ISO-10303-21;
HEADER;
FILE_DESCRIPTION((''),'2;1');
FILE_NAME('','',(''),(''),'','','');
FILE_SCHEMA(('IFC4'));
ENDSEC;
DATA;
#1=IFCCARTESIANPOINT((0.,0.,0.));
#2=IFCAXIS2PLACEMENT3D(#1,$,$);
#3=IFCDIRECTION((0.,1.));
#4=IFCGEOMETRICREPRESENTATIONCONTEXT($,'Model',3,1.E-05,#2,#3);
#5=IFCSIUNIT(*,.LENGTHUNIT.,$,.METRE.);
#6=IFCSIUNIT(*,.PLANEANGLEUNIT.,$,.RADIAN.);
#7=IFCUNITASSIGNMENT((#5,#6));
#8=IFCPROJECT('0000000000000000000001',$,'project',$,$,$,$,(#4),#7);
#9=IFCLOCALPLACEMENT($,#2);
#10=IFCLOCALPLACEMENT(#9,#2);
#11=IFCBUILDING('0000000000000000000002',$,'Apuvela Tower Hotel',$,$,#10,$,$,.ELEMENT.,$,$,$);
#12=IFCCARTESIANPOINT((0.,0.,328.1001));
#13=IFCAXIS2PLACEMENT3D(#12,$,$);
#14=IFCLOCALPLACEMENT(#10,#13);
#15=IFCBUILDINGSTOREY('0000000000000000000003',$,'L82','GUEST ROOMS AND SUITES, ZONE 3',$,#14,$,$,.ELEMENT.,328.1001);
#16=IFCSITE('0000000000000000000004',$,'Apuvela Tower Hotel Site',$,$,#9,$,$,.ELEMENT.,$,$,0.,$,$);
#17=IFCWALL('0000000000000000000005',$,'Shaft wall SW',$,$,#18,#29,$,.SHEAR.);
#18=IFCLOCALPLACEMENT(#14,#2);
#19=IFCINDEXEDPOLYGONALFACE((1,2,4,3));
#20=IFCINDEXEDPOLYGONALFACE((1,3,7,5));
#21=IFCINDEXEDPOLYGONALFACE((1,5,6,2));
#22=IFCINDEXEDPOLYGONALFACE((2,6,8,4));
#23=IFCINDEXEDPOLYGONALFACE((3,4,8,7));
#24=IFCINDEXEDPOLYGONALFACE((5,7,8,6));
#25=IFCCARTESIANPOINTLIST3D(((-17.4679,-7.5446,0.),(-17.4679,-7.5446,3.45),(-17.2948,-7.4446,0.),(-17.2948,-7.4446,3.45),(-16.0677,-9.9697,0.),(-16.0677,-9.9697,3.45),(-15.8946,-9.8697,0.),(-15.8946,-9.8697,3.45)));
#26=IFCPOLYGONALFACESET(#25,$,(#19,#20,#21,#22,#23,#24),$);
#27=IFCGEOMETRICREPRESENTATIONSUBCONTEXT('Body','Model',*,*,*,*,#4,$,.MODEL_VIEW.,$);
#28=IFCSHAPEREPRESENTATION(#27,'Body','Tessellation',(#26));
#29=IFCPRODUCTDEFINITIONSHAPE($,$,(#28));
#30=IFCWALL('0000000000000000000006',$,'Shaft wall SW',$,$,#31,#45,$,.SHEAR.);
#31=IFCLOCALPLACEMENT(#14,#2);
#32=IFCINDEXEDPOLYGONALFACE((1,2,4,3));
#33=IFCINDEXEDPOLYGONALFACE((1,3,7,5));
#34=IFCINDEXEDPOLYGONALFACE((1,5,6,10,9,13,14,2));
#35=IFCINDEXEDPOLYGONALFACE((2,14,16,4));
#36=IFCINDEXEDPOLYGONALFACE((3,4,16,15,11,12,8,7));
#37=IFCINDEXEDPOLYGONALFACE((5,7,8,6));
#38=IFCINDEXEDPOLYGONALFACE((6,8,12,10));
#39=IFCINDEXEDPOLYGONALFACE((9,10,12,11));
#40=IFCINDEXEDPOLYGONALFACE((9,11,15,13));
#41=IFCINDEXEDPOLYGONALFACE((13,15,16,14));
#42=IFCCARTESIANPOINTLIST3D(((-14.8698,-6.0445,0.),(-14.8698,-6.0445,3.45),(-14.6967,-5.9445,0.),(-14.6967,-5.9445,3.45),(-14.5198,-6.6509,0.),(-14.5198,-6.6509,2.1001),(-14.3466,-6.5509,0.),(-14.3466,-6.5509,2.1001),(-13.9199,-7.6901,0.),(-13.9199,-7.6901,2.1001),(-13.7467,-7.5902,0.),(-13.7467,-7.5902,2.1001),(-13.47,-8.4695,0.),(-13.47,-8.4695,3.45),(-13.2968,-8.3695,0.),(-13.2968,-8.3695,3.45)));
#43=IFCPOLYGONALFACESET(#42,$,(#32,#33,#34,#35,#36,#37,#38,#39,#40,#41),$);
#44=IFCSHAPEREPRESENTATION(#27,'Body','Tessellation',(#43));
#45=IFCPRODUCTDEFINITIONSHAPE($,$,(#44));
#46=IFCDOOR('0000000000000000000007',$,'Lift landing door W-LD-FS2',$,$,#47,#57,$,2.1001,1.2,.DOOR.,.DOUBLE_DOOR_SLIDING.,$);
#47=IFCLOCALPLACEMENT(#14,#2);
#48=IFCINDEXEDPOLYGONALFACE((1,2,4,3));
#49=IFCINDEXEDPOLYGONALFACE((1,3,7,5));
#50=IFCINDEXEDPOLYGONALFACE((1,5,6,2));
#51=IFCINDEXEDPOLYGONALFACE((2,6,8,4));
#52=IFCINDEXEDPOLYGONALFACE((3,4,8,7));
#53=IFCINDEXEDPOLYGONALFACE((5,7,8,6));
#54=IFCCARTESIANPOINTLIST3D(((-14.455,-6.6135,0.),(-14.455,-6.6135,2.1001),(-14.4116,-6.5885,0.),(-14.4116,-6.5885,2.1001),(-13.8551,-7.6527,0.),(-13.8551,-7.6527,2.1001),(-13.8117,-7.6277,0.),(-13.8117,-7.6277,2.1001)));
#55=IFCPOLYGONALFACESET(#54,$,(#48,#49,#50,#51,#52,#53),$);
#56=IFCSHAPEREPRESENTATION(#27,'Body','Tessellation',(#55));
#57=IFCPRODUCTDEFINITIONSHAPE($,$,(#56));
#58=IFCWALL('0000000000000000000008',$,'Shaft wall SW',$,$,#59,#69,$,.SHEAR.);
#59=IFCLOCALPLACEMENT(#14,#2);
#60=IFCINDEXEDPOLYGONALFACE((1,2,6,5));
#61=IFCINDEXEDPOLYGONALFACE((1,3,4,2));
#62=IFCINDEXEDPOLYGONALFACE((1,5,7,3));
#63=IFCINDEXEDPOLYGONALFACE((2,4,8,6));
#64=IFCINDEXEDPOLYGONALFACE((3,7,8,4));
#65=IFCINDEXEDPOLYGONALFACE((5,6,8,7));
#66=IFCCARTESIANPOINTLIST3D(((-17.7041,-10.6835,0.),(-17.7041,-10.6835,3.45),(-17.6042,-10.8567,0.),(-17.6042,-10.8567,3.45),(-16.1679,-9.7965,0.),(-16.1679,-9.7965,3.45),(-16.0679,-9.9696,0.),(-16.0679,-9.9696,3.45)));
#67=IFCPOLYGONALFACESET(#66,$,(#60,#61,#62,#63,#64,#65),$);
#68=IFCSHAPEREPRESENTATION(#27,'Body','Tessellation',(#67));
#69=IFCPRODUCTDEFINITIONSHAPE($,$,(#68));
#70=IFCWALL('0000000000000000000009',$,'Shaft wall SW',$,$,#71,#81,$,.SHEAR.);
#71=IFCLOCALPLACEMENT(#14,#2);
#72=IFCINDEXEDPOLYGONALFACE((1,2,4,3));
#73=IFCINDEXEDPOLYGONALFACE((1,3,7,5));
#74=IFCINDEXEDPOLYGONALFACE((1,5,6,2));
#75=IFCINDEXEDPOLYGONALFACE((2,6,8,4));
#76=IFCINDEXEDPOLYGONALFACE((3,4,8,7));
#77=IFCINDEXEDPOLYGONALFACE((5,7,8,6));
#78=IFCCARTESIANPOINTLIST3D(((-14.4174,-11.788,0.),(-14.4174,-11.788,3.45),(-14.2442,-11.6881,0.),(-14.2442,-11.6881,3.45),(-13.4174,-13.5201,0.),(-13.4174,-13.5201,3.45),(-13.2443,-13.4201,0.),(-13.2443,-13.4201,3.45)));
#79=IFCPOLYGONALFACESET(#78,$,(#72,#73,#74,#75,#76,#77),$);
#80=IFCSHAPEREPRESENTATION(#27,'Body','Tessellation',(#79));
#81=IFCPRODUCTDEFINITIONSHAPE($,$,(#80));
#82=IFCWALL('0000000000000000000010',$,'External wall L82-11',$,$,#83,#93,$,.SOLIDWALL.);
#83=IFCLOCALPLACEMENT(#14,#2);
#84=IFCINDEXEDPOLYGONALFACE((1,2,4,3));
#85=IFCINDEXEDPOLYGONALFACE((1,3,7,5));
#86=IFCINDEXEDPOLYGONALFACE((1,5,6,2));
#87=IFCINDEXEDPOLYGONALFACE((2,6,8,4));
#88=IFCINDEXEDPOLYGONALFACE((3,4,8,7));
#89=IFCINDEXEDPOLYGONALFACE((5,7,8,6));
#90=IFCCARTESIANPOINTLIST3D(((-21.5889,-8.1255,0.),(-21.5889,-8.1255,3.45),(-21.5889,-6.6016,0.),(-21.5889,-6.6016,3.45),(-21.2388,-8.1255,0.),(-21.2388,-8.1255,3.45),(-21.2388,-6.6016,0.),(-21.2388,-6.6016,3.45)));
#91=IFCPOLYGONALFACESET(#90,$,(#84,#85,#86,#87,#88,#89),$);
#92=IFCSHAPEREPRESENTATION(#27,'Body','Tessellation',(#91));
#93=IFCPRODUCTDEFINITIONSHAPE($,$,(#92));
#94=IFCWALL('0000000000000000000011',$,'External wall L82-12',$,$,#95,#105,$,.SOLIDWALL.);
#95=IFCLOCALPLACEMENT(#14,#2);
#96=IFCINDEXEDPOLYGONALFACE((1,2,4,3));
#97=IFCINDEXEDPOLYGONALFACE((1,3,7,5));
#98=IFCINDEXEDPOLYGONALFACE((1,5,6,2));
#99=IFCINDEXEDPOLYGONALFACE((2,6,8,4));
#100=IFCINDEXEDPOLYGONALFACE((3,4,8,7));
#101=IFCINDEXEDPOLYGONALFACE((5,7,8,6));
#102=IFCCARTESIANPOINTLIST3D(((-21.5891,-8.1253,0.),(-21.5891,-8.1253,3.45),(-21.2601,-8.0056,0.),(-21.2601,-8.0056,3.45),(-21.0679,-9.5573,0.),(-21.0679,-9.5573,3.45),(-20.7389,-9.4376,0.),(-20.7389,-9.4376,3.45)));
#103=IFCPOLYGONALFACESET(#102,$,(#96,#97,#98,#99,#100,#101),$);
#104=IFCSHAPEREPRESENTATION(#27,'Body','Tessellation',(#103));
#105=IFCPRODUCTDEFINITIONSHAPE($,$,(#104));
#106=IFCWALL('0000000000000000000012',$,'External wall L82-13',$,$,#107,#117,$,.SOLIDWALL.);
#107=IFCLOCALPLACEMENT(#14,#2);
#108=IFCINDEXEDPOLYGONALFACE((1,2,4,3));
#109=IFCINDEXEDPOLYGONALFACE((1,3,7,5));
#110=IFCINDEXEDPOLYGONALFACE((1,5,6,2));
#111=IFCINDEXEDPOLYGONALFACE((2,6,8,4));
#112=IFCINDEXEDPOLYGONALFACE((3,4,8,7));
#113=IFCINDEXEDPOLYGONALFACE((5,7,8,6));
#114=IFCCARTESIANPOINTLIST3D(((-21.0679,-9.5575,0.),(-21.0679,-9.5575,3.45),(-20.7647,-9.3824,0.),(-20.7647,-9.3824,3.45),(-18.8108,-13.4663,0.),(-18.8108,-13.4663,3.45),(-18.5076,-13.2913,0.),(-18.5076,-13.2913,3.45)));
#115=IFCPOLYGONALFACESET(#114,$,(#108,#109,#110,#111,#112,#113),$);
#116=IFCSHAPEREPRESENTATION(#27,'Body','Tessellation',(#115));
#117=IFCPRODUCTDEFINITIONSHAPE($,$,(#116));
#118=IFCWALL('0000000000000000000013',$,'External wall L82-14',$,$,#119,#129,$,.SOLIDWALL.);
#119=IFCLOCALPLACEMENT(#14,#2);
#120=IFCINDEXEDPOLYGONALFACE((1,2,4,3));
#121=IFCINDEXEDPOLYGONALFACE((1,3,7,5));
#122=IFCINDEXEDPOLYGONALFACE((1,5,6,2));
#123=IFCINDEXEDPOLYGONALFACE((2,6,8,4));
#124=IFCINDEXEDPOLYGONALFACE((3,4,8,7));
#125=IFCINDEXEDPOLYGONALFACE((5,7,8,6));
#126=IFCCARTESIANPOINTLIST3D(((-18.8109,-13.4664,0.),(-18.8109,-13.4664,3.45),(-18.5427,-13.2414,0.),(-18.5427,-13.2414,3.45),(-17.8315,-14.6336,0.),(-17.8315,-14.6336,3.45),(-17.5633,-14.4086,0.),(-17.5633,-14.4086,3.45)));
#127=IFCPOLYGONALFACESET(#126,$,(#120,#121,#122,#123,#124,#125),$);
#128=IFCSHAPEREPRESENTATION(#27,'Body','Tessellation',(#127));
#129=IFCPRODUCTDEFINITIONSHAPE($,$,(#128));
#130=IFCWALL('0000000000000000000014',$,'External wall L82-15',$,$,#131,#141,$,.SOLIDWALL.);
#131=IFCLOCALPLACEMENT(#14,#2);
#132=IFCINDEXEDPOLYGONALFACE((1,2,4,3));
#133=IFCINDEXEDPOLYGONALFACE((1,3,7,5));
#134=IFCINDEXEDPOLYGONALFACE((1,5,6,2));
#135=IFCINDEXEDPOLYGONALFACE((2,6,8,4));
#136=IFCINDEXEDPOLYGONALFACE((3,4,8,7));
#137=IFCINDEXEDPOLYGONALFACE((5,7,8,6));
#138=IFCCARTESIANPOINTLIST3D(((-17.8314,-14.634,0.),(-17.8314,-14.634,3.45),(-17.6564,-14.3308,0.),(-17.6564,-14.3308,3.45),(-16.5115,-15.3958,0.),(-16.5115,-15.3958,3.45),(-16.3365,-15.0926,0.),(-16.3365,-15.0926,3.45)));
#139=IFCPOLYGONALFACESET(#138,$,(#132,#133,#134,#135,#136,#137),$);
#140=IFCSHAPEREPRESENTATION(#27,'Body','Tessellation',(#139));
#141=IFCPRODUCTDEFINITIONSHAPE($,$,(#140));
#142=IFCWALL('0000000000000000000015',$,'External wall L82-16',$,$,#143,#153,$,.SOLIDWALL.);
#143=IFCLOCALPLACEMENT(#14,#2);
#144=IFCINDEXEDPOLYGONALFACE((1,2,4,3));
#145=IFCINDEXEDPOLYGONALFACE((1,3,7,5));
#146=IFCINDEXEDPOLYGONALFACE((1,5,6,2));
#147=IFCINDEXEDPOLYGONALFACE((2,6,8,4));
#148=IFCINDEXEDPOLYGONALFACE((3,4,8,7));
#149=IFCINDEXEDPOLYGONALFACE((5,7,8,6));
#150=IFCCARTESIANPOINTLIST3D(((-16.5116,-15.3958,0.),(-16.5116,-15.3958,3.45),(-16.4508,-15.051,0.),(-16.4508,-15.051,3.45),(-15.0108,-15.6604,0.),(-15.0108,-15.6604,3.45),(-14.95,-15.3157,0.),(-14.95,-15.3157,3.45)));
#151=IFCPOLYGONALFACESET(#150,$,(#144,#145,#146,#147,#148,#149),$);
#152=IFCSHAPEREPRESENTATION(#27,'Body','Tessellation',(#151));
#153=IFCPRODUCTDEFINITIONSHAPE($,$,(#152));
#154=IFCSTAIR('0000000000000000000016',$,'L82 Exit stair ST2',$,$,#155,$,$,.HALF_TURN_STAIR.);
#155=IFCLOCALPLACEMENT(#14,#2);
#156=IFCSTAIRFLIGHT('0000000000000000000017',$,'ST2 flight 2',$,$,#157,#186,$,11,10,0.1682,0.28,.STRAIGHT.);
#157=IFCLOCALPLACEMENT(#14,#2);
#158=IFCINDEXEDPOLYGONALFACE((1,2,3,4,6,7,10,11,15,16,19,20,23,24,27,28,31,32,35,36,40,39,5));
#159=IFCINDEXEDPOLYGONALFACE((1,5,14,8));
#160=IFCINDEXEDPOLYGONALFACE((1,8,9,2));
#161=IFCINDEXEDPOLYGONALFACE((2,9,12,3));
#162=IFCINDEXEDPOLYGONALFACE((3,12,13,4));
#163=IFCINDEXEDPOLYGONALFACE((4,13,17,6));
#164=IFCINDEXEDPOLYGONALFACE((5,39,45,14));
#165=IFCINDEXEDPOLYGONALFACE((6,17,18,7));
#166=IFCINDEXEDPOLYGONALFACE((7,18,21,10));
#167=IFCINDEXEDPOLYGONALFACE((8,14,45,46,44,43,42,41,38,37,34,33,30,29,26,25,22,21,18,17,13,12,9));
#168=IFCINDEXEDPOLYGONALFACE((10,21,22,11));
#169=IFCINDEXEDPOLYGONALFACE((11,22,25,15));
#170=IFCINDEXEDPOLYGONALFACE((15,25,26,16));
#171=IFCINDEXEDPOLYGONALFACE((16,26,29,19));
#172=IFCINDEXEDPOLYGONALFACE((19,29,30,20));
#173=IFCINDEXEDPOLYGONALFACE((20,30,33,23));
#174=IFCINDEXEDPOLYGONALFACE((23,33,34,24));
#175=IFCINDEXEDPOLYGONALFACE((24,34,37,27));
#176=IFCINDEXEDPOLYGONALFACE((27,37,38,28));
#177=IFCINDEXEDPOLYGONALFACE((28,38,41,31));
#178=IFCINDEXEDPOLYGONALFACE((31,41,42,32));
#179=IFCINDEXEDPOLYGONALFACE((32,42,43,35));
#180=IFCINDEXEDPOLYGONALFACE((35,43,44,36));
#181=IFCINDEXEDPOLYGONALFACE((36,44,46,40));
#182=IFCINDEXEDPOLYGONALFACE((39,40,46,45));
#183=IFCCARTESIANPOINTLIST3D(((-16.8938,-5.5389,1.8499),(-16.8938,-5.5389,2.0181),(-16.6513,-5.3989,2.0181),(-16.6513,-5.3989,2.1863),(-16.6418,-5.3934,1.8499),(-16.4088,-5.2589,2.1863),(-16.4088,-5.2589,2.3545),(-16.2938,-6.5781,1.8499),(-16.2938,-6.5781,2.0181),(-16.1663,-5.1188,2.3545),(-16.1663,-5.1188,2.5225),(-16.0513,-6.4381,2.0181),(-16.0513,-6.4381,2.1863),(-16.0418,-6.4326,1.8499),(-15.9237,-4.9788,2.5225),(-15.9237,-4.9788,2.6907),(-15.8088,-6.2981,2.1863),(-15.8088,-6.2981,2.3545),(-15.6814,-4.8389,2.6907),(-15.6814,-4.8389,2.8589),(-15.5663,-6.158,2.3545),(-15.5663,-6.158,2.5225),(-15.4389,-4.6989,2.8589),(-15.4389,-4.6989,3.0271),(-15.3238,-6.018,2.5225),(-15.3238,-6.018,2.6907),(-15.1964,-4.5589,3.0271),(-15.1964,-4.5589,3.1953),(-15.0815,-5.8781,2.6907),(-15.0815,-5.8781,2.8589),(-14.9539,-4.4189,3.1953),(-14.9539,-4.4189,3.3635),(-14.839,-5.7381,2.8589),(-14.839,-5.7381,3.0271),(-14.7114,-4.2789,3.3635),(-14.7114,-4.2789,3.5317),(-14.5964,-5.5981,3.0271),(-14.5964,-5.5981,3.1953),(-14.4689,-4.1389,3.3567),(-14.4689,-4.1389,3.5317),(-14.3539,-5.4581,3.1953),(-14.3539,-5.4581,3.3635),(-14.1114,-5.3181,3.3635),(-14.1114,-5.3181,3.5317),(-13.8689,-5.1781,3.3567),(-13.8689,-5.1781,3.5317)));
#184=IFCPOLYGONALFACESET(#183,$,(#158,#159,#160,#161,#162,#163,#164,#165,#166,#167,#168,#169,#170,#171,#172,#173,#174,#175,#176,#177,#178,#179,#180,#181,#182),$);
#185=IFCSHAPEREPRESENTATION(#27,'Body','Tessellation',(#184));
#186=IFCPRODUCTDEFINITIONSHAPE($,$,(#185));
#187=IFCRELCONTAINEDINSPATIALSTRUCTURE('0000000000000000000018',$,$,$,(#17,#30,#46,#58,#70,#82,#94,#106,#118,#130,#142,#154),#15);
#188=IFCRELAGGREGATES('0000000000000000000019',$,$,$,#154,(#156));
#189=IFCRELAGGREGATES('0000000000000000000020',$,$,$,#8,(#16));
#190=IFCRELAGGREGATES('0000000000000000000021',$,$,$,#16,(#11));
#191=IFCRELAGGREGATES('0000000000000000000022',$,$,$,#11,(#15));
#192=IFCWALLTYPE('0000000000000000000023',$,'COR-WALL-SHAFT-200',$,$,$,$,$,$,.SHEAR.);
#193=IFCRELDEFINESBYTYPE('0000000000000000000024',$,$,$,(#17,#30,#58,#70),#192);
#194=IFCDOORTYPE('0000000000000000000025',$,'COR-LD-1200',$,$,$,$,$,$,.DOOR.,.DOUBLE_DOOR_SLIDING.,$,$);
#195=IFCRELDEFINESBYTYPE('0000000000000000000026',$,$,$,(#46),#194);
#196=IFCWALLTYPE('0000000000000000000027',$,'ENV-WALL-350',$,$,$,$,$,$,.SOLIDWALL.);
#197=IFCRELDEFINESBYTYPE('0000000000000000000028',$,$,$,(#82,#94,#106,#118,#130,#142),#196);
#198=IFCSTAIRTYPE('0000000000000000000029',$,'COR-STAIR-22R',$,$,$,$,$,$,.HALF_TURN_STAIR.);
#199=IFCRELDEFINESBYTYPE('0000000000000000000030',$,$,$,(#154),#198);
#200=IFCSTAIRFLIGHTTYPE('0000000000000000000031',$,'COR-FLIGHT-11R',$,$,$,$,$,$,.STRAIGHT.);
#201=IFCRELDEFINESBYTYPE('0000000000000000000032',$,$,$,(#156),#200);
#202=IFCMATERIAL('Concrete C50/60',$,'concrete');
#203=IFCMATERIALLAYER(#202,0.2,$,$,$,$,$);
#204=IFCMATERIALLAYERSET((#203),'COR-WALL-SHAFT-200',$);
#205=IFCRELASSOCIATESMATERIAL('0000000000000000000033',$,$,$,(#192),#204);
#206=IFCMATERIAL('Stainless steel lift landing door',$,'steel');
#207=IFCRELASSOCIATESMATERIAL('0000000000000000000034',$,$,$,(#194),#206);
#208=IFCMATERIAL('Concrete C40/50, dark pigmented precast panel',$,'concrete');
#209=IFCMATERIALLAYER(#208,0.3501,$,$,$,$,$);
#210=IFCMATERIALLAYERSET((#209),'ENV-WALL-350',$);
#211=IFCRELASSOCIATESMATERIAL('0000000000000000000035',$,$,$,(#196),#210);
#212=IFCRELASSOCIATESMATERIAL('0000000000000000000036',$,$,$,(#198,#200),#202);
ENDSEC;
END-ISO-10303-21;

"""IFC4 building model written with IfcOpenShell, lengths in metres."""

from ifc_helpers import new_model, si_unit, direction, frame, frame_2d, origin, place, context, subcontext, project, spatial, polyline, rectangle, outline, extrude, material, layer, layer_set, type_object, element, fill, aggregate, save


model = new_model("IFC4")

# Units and contexts
model_context = context("Model", 3, precision=1e-05, world=origin(), true_north=direction((0.0, 1.0)))
body_context = subcontext(model_context, "Body", "Model", "MODEL_VIEW")
ifc_project = project(units=[si_unit("LENGTHUNIT", "METRE"), si_unit("PLANEANGLEUNIT", "RADIAN")], contexts=[model_context])

# Site, building, storey
site_placement = place(None, origin())
site = spatial("IfcSite", under=ifc_project, at=site_placement, Name="Apuvela Tower Hotel Site", CompositionType="ELEMENT", RefElevation=0.0)
building_placement = place(site_placement, origin())
building = spatial("IfcBuilding", under=site, at=building_placement, Name="Apuvela Tower Hotel", CompositionType="ELEMENT")
storey_placement = place(building_placement, frame((0.0, 0.0, 328.1001)))
storey = spatial("IfcBuildingStorey", under=building, at=storey_placement, Name="L82", Description="GUEST ROOMS AND SUITES, ZONE 3", CompositionType="ELEMENT", Elevation=328.1001)

# Wall
ifc_material_1 = material(Name="Concrete C50/60", Category="concrete")
ifc_layer_1 = layer(ifc_material_1, 0.2)
ifc_layer_set_1 = layer_set([ifc_layer_1], Name="COR-WALL-SHAFT-200")
wall_type_1 = type_object("IfcWallType", Name="COR-WALL-SHAFT-200", PredefinedType="SHEAR", material=ifc_layer_set_1)
wall_1_placement = place(storey_placement, frame((-17.3813, -7.4946, 0.0), z_axis=(0.0, 0.0, 1.0), x_axis=(0.500012, -0.866019, 0.0)))
element("IfcWall", 1, at=wall_1_placement, inside=storey, type_object=wall_type_1, Name="Shaft wall SW", PredefinedType="SHEAR", context=body_context, shape_type="SweptSolid", body=[
    extrude(rectangle(XDim=2.8003, YDim=0.2, at=frame_2d((1.4001, 0.0))), origin(), (0.0, 0.0, 1.0), 3.45),
])

# Wall, opening, door
wall_2_placement = place(storey_placement, frame((-14.7832, -5.9946, 0.0), z_axis=(0.0, 0.0, 1.0), x_axis=(0.499946, -0.866056, 0.0)))
wall_2 = element("IfcWall", 2, at=wall_2_placement, inside=storey, type_object=wall_type_1, Name="Shaft wall SW", PredefinedType="SHEAR", context=body_context, shape_type="SweptSolid", body=[
    extrude(rectangle(XDim=2.8, YDim=0.2, at=frame_2d((1.3999, 0.0))), origin(), (0.0, 0.0, 1.0), 3.45),
])
opening_1_placement = place(wall_2_placement, frame((0.7, 0.0, 0.0)))
opening_1 = element("IfcOpeningElement", 3, at=opening_1_placement, cuts=wall_2, PredefinedType="OPENING", context=body_context, shape_type="SweptSolid", body=[
    extrude(rectangle(XDim=1.2, YDim=2.1001, at=frame_2d((0.6001, 1.05))), frame((0.0, 0.1099, 0.0), z_axis=(0.0, -1.0, 0.0), x_axis=(1.0, 0.0, 0.0)), (0.0, 0.0, 1.0), 0.22),
])
ifc_material_2 = material(Name="Stainless steel lift landing door", Category="steel")
door_type_1 = type_object("IfcDoorType", Name="COR-LD-1200", OperationType="DOUBLE_DOOR_SLIDING", PredefinedType="DOOR", material=ifc_material_2)
door_1_placement = place(opening_1_placement, origin())
door_1 = element("IfcDoor", 4, at=door_1_placement, inside=storey, type_object=door_type_1, Name="Lift landing door W-LD-FS2", OperationType="DOUBLE_DOOR_SLIDING", OverallHeight=2.1001, OverallWidth=1.2, PredefinedType="DOOR", context=body_context, shape_type="SweptSolid", body=[
    extrude(rectangle(XDim=1.2, YDim=2.1001, at=frame_2d((0.6001, 1.05))), frame((0.0, 0.0249, 0.0), z_axis=(0.0, -1.0, 0.0), x_axis=(1.0, 0.0, 0.0)), (0.0, 0.0, 1.0), 0.05),
])
fill(opening_1, door_1)

# Walls
wall_3_placement = place(storey_placement, frame((-16.1179, -9.8831, 0.0), z_axis=(0.0, 0.0, 1.0), x_axis=(-0.866007, -0.500032, 0.0)))
element("IfcWall", 5, at=wall_3_placement, inside=storey, type_object=wall_type_1, Name="Shaft wall SW", PredefinedType="SHEAR", context=body_context, shape_type="SweptSolid", body=[
    extrude(rectangle(XDim=1.7739, YDim=0.2, at=frame_2d((0.887, 0.0))), origin(), (0.0, 0.0, 1.0), 3.45),
])
wall_4_placement = place(storey_placement, frame((-14.3308, -11.738, 0.0), z_axis=(0.0, 0.0, 1.0), x_axis=(0.499973, -0.866041, 0.0)))
element("IfcWall", 6, at=wall_4_placement, inside=storey, type_object=wall_type_1, Name="Shaft wall SW", PredefinedType="SHEAR", context=body_context, shape_type="SweptSolid", body=[
    extrude(rectangle(XDim=2.0, YDim=0.2, at=frame_2d((1.0, 0.0))), origin(), (0.0, 0.0, 1.0), 3.45),
])
ifc_material_3 = material(Name="Concrete C40/50, dark pigmented precast panel", Category="concrete")
ifc_layer_2 = layer(ifc_material_3, 0.3501)
ifc_layer_set_2 = layer_set([ifc_layer_2], Name="ENV-WALL-350")
wall_type_2 = type_object("IfcWallType", Name="ENV-WALL-350", PredefinedType="SOLIDWALL", material=ifc_layer_set_2)
for number, where, z_axis, x_axis, name in (
    (7, (-21.4138, -6.6016, 0.0), (0.0, 0.0, 1.0), (0.0, -1.0, 0.0), "External wall L82-11"),
    (8, (-21.4246, -8.0654, 0.0), (0.0, 0.0, 1.0), (0.342013, -0.939695, 0.0), "External wall L82-12"),
):
    element("IfcWall", number, at=place(storey_placement, frame(where, z_axis=z_axis, x_axis=x_axis)), inside=storey, type_object=wall_type_2, Name=name, PredefinedType="SOLIDWALL", context=body_context, shape_type="SweptSolid", body=[
        extrude(rectangle(XDim=1.5239, YDim=0.3501, at=frame_2d((0.762, 0.0))), origin(), (0.0, 0.0, 1.0), 3.45),
    ])
wall_5_placement = place(storey_placement, frame((-20.9163, -9.47, 0.0), z_axis=(0.0, 0.0, 1.0), x_axis=(0.500042, -0.866001, 0.0)))
element("IfcWall", 9, at=wall_5_placement, inside=storey, type_object=wall_type_2, Name="External wall L82-13", PredefinedType="SOLIDWALL", context=body_context, shape_type="SweptSolid", body=[
    extrude(rectangle(XDim=4.5137, YDim=0.3501, at=frame_2d((2.2568, 0.0))), origin(), (0.0, 0.0, 1.0), 3.45),
])
wall_6_placement = place(storey_placement, frame((-18.6768, -13.354, 0.0), z_axis=(0.0, 0.0, 1.0), x_axis=(0.642812, -0.766024, 0.0)))
element("IfcWall", 10, at=wall_6_placement, inside=storey, type_object=wall_type_2, Name="External wall L82-14", PredefinedType="SOLIDWALL", context=body_context, shape_type="SweptSolid", body=[
    extrude(rectangle(XDim=1.5237, YDim=0.3501, at=frame_2d((0.7617, 0.0))), origin(), (0.0, 0.0, 1.0), 3.45),
])
for number, where, z_axis, x_axis, name in (
    (11, (-17.7439, -14.4824, 0.0), (0.0, 0.0, 1.0), (0.866106, -0.499861, 0.0), "External wall L82-15"),
    (12, (-16.4812, -15.2234, 0.0), (0.0, 0.0, 1.0), (0.984805, -0.173667, 0.0), "External wall L82-16"),
):
    element("IfcWall", number, at=place(storey_placement, frame(where, z_axis=z_axis, x_axis=x_axis)), inside=storey, type_object=wall_type_2, Name=name, PredefinedType="SOLIDWALL", context=body_context, shape_type="SweptSolid", body=[
        extrude(rectangle(XDim=1.5239, YDim=0.3501, at=frame_2d((0.762, 0.0))), origin(), (0.0, 0.0, 1.0), 3.45),
    ])

# Stair, stair flight
stair_type = type_object("IfcStairType", Name="COR-STAIR-22R", PredefinedType="HALF_TURN_STAIR", material=ifc_material_1)
stair_placement = place(storey_placement, origin())
stair = element("IfcStair", 13, at=stair_placement, inside=storey, type_object=stair_type, Name="L82 Exit stair ST2", PredefinedType="HALF_TURN_STAIR")
stair_flight_type = type_object("IfcStairFlightType", Name="COR-FLIGHT-11R", PredefinedType="STRAIGHT", material=ifc_material_1)
stair_flight_placement = place(storey_placement, frame((-16.5938, -6.0586, 1.8499), z_axis=(0.0, 0.0, 1.0), x_axis=(0.866025, 0.5, 0.0)))
stair_flight = element("IfcStairFlight", 14, at=stair_flight_placement, type_object=stair_flight_type, Name="ST2 flight 2", NumberOfRisers=11, NumberOfTreads=10, PredefinedType="STRAIGHT", RiserHeight=0.1682, TreadLength=0.28, context=body_context, shape_type="SweptSolid", body=[
    extrude(outline(polyline([(0.0, 0.0), (0.0, 0.1682), (0.28, 0.1682), (0.28, 0.3364), (0.5601, 0.3364), (0.5601, 0.5046), (0.8401, 0.5046), (0.8401, 0.6726), (1.1201, 0.6726), (1.1201, 0.8408), (1.3999, 0.8408), (1.3999, 1.009), (1.6799, 1.009), (1.6799, 1.1772), (1.96, 1.1772), (1.96, 1.3455), (2.24, 1.3455), (2.24, 1.5137), (2.52, 1.5137), (2.52, 1.6819), (2.8, 1.6819), (2.8, 1.8501), (2.8, 1.5068), (0.291, 0.0), (0.0, 0.0)])), frame((0.0, 0.6001, 0.0), z_axis=(0.0, -1.0, 0.0), x_axis=(1.0, 0.0, 0.0)), (0.0, 0.0, 1.0), 1.2),
])
aggregate(stair, [stair_flight])

save(model, "model.ifc")
